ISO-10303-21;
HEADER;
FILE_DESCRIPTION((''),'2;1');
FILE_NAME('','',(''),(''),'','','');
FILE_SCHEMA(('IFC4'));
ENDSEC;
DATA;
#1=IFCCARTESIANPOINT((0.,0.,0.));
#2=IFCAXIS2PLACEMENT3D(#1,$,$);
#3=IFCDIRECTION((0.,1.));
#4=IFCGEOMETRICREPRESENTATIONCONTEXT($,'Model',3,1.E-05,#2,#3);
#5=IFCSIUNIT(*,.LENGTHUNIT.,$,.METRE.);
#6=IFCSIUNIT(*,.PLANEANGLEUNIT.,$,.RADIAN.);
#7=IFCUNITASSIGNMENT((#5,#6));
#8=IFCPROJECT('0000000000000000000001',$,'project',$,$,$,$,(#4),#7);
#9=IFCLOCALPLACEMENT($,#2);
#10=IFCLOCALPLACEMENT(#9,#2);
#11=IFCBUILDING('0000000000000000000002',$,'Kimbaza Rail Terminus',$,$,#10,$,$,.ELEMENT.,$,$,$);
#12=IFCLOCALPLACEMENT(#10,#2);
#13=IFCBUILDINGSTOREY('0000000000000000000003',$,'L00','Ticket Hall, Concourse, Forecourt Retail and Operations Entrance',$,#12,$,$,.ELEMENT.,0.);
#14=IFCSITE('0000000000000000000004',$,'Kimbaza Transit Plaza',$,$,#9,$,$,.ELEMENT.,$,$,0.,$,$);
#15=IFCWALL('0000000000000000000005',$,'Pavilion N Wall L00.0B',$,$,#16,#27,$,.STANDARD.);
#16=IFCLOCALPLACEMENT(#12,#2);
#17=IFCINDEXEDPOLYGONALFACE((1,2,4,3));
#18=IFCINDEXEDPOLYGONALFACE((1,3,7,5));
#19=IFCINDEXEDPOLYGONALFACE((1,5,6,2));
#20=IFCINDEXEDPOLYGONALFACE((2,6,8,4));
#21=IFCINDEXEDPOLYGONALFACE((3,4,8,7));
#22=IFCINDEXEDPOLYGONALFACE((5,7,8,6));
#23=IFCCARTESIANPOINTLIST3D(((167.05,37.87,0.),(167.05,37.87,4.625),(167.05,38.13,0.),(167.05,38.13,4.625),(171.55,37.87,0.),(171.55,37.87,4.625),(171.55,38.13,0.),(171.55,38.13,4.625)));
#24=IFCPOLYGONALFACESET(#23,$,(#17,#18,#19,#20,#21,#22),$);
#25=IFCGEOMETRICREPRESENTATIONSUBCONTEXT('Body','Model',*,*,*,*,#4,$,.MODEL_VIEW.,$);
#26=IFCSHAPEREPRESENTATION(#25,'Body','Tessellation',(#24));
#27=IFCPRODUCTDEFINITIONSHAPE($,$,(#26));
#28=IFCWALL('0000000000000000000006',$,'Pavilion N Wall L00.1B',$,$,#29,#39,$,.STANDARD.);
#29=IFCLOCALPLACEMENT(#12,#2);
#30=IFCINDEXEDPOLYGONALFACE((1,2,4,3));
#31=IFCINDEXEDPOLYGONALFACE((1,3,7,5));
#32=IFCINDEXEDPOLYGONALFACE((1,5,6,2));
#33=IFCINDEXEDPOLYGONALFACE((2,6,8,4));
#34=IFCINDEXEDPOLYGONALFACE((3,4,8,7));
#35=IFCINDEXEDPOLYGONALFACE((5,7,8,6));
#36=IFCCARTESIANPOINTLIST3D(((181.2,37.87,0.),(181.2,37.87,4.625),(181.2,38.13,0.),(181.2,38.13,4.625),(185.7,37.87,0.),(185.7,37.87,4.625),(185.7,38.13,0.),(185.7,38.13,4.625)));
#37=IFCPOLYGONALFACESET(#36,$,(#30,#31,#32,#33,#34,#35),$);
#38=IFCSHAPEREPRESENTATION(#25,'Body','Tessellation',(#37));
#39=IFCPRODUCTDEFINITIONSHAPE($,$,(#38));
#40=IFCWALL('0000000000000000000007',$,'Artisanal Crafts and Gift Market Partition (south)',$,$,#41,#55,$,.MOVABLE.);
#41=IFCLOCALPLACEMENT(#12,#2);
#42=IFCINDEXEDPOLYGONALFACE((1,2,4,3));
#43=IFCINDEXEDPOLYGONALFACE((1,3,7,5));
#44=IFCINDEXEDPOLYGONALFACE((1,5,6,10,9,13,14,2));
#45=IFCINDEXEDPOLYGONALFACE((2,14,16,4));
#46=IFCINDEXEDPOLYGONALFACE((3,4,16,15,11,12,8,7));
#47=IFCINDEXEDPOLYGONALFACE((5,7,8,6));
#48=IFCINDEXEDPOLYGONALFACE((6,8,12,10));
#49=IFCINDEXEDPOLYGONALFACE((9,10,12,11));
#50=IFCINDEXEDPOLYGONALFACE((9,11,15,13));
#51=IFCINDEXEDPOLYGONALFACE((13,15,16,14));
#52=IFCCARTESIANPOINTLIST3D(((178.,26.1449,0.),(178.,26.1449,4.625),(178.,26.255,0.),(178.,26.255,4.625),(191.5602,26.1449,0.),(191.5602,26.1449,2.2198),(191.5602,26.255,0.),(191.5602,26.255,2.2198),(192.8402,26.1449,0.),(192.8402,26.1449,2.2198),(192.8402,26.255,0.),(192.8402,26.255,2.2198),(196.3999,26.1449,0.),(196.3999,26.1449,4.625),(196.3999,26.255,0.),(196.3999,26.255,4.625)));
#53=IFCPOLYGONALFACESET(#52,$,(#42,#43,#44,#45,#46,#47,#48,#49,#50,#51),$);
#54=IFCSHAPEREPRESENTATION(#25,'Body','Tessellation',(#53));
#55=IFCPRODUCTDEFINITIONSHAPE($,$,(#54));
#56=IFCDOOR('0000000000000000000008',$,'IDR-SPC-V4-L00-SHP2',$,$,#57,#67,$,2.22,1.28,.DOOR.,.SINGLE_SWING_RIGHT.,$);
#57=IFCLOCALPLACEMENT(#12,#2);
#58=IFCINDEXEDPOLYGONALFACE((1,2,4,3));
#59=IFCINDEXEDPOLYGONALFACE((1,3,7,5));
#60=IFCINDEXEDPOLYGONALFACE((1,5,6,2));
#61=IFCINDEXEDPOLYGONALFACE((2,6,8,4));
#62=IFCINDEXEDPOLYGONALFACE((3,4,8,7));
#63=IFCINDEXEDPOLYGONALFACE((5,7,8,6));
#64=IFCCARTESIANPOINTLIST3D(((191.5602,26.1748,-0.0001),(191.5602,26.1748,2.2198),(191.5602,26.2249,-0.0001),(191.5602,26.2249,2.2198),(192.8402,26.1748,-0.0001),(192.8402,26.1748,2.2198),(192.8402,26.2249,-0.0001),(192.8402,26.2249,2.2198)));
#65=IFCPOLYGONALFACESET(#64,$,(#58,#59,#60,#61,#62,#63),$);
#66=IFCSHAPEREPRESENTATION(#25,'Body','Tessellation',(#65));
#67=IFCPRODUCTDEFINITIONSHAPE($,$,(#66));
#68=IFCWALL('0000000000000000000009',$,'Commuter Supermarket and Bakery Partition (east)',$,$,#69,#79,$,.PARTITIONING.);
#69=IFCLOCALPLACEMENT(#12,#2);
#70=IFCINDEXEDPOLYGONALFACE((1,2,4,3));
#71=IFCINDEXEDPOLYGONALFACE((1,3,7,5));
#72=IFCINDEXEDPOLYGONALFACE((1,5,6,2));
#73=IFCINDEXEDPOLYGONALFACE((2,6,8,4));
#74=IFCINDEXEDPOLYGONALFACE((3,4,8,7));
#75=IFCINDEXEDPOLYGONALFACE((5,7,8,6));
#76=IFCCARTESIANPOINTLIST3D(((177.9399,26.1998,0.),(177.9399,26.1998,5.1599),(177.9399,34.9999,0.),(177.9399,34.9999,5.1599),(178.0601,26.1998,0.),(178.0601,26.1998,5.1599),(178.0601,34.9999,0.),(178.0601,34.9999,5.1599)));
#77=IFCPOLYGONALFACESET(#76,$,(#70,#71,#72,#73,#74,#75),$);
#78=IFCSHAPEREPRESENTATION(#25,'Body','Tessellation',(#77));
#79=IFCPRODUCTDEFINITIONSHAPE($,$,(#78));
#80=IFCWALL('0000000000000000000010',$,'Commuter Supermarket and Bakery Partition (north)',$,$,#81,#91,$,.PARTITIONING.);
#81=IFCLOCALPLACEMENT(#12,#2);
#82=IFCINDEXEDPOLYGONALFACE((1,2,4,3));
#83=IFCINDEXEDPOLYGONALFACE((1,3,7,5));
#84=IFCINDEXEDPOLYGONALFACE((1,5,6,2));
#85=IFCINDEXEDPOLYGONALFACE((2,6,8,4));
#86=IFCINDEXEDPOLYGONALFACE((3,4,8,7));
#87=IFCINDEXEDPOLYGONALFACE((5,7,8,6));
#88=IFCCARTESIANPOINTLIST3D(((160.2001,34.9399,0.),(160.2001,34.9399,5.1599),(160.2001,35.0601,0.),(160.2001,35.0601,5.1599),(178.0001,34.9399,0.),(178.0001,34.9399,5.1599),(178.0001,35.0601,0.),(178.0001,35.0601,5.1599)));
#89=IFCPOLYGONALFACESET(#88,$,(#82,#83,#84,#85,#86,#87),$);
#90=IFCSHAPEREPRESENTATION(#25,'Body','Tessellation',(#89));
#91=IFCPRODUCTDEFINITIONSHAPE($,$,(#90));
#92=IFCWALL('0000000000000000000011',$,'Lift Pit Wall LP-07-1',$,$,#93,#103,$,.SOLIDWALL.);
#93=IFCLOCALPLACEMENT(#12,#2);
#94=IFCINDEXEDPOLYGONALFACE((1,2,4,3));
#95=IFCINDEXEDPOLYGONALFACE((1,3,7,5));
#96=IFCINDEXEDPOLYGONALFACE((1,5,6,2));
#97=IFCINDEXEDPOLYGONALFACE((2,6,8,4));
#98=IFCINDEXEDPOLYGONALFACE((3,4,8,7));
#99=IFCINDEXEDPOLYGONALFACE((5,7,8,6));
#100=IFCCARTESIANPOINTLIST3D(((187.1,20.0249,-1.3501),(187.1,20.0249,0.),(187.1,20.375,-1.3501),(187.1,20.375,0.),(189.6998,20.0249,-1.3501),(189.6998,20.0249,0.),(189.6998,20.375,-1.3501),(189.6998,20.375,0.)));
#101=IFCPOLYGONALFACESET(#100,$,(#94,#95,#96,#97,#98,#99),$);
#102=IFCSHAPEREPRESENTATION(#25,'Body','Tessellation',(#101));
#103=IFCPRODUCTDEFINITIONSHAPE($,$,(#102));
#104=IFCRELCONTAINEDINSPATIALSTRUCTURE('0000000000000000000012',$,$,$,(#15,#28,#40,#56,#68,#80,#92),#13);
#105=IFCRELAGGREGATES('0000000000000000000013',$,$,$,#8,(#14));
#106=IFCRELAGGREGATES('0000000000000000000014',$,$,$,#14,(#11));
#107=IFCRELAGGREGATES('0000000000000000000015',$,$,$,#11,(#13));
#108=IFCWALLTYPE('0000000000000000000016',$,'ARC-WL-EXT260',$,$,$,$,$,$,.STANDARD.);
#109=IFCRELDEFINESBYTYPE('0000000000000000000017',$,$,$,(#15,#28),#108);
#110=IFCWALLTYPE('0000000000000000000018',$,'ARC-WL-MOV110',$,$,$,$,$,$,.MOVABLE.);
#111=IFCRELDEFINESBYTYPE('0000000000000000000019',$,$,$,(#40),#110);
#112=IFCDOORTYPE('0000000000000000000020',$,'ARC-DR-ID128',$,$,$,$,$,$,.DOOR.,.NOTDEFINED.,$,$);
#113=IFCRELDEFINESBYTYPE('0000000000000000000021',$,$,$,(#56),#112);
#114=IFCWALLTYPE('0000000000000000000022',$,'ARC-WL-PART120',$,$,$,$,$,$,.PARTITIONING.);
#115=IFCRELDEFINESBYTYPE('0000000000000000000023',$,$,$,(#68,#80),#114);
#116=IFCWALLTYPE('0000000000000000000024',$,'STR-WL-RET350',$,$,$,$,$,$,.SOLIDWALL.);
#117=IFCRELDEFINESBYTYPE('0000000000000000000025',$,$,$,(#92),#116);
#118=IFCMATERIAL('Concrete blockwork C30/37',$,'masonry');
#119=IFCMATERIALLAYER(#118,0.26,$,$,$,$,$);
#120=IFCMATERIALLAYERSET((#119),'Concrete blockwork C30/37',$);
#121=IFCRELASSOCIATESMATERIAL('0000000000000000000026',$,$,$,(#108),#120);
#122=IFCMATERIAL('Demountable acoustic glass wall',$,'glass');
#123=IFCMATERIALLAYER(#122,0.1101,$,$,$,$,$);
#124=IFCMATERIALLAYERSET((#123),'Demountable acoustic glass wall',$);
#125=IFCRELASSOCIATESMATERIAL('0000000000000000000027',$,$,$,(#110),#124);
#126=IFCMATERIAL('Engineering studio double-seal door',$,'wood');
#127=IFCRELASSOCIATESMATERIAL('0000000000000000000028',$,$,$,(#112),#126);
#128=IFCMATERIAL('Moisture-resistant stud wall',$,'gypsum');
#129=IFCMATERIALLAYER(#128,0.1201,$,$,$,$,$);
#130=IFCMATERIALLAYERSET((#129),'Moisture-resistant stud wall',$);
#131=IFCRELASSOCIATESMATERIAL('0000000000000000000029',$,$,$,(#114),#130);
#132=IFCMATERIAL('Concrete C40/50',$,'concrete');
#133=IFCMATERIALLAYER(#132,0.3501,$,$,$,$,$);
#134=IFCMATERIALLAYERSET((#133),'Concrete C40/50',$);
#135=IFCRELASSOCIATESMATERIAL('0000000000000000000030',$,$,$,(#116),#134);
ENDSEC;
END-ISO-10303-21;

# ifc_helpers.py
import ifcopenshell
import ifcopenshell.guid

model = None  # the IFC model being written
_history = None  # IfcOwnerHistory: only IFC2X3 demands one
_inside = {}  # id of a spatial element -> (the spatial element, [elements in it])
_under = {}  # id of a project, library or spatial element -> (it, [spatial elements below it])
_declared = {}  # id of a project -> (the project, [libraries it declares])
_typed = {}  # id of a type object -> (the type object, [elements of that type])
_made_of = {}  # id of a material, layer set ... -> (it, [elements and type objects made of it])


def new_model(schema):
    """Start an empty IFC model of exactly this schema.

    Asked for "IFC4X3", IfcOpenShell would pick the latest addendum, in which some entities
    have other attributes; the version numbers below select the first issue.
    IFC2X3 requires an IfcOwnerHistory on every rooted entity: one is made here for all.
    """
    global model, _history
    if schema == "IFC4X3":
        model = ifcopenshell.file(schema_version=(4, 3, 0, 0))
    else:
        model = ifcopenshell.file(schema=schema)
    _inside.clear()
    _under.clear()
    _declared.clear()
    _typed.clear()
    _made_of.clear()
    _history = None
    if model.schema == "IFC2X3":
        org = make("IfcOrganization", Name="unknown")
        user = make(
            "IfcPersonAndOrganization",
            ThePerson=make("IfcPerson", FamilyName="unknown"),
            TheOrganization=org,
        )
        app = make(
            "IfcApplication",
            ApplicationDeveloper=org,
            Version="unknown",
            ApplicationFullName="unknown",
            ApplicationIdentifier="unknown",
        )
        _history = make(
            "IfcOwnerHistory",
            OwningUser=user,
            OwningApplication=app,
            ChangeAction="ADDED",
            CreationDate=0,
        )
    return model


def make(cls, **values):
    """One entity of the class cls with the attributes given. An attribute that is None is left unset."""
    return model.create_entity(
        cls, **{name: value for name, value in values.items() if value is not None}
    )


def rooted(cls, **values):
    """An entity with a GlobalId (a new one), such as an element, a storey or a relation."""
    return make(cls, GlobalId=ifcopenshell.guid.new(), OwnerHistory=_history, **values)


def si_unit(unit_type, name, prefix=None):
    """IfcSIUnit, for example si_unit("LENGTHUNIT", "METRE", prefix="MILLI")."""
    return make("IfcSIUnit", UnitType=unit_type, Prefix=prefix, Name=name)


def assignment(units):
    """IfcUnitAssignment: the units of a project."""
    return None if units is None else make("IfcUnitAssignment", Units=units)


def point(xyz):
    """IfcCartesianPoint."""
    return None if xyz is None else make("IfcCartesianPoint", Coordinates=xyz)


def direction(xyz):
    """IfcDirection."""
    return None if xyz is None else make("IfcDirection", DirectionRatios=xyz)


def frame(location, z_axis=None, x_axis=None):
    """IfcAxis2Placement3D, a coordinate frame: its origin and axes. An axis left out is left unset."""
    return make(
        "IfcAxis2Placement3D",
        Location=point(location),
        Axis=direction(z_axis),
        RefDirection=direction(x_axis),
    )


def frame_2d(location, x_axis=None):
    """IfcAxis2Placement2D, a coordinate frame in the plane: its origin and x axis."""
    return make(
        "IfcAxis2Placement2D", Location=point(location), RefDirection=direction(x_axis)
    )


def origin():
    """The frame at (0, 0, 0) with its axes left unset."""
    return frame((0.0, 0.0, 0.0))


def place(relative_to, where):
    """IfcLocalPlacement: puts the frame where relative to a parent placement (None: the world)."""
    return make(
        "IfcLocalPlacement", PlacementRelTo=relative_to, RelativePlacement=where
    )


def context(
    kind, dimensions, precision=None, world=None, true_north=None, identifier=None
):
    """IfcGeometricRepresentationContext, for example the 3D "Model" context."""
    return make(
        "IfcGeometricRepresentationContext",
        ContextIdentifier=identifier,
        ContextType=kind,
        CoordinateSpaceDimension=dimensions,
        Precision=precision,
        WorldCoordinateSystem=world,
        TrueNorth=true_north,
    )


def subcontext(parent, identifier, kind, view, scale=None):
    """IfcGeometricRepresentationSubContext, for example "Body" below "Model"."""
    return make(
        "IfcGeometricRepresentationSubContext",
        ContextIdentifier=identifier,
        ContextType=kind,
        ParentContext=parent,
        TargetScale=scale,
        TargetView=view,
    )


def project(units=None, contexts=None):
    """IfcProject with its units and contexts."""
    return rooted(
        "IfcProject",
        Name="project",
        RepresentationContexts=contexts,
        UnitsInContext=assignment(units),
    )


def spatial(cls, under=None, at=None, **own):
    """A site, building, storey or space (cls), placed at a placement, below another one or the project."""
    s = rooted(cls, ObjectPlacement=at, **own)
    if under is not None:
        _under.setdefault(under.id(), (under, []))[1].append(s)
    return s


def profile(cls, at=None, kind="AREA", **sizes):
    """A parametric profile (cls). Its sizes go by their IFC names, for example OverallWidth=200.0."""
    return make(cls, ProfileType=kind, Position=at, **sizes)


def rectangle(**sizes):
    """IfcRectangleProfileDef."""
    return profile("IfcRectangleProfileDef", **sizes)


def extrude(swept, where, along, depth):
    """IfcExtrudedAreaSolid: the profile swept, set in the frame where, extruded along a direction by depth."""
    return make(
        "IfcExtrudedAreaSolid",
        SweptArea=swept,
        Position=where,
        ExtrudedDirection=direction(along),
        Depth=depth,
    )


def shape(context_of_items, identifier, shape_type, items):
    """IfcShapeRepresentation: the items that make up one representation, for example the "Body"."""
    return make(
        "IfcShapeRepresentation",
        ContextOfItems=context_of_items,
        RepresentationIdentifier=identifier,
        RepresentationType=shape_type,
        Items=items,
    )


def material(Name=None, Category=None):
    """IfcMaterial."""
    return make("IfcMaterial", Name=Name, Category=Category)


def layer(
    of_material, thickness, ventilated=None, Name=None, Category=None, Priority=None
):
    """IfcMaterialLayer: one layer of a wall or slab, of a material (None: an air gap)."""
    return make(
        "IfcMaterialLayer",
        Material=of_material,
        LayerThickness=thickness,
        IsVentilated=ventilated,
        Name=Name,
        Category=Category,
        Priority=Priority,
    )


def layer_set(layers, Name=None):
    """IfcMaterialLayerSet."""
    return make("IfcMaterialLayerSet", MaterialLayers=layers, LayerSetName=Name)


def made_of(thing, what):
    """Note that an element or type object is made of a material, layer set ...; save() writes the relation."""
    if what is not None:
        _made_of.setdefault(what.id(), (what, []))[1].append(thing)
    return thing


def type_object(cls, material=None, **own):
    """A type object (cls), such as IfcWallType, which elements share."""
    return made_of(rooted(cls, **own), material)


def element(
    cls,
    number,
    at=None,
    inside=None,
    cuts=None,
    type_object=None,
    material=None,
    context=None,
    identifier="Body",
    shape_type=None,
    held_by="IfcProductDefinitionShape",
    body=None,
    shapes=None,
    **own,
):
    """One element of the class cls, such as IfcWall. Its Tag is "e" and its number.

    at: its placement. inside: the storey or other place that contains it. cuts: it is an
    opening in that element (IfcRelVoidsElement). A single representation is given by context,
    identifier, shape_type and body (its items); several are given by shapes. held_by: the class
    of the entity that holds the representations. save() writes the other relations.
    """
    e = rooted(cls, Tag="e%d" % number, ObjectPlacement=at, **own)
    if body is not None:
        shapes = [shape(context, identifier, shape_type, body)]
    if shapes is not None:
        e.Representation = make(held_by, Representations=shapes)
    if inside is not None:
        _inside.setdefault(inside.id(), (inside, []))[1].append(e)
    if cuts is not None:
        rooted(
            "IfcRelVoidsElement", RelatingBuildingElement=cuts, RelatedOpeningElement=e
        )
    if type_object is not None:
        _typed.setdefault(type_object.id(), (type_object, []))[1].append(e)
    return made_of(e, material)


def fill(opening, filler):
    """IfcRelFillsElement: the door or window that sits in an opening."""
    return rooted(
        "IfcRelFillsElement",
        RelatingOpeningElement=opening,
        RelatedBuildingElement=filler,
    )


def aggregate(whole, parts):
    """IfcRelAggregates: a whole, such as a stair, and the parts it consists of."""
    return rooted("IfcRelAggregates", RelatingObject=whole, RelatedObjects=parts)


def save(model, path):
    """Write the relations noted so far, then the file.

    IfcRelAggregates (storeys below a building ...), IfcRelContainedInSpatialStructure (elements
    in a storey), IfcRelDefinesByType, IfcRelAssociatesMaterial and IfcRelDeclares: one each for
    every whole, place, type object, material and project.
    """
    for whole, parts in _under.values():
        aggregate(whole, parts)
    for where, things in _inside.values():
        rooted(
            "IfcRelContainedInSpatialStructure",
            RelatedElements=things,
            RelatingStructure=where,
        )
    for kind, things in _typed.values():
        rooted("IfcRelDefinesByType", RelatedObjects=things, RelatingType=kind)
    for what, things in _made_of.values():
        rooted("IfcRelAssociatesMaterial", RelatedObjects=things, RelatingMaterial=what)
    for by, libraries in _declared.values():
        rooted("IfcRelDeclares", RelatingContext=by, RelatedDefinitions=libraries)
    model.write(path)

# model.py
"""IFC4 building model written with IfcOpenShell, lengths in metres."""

from ifc_helpers import new_model, si_unit, direction, frame, frame_2d, origin, place, context, subcontext, project, spatial, rectangle, extrude, material, layer, layer_set, type_object, element, fill, save


model = new_model("IFC4")

# Units and contexts
model_context = context("Model", 3, precision=1e-05, world=origin(), true_north=direction((0.0, 1.0)))
body_context = subcontext(model_context, "Body", "Model", "MODEL_VIEW")
ifc_project = project(units=[si_unit("LENGTHUNIT", "METRE"), si_unit("PLANEANGLEUNIT", "RADIAN")], contexts=[model_context])

# Site, building, storey
site_placement = place(None, origin())
site = spatial("IfcSite", under=ifc_project, at=site_placement, Name="Kimbaza Transit Plaza", CompositionType="ELEMENT", RefElevation=0.0)
building_placement = place(site_placement, origin())
building = spatial("IfcBuilding", under=site, at=building_placement, Name="Kimbaza Rail Terminus", CompositionType="ELEMENT")
storey_placement = place(building_placement, origin())
storey = spatial("IfcBuildingStorey", under=building, at=storey_placement, Name="L00", Description="Ticket Hall, Concourse, Forecourt Retail and Operations Entrance", CompositionType="ELEMENT", Elevation=0.0)

# Wall
ifc_material_1 = material(Name="Concrete blockwork C30/37", Category="masonry")
ifc_layer_1 = layer(ifc_material_1, 0.26)
ifc_layer_set_1 = layer_set([ifc_layer_1], Name="Concrete blockwork C30/37")
wall_type_1 = type_object("IfcWallType", Name="ARC-WL-EXT260", PredefinedType="STANDARD", material=ifc_layer_set_1)
wall_1_placement = place(storey_placement, frame((167.05, 38.0, 0.0), z_axis=(0.0, 0.0, 1.0), x_axis=(1.0, 0.0, 0.0)))
element("IfcWall", 1, at=wall_1_placement, inside=storey, type_object=wall_type_1, Name="Pavilion N Wall L00.0B", PredefinedType="STANDARD", context=body_context, shape_type="SweptSolid", body=[
    extrude(rectangle(XDim=4.5, YDim=0.26, at=frame_2d((2.25, 0.0))), origin(), (0.0, 0.0, 1.0), 4.625),
])

# Wall
wall_2_placement = place(storey_placement, frame((181.2, 38.0, 0.0), z_axis=(0.0, 0.0, 1.0), x_axis=(1.0, 0.0, 0.0)))
element("IfcWall", 2, at=wall_2_placement, inside=storey, type_object=wall_type_1, Name="Pavilion N Wall L00.1B", PredefinedType="STANDARD", context=body_context, shape_type="SweptSolid", body=[
    extrude(rectangle(XDim=4.5, YDim=0.26, at=frame_2d((2.25, 0.0))), origin(), (0.0, 0.0, 1.0), 4.625),
])

# Wall, opening, door
ifc_material_2 = material(Name="Demountable acoustic glass wall", Category="glass")
ifc_layer_2 = layer(ifc_material_2, 0.1101)
ifc_layer_set_2 = layer_set([ifc_layer_2], Name="Demountable acoustic glass wall")
wall_type_2 = type_object("IfcWallType", Name="ARC-WL-MOV110", PredefinedType="MOVABLE", material=ifc_layer_set_2)
wall_3_placement = place(storey_placement, frame((178.0, 26.2, 0.0), z_axis=(0.0, 0.0, 1.0), x_axis=(1.0, 0.0, 0.0)))
wall_3 = element("IfcWall", 3, at=wall_3_placement, inside=storey, type_object=wall_type_2, Name="Artisanal Crafts and Gift Market Partition (south)", PredefinedType="MOVABLE", context=body_context, shape_type="SweptSolid", body=[
    extrude(rectangle(XDim=18.3999, YDim=0.1101, at=frame_2d((9.2, 0.0))), origin(), (0.0, 0.0, 1.0), 4.625),
])
opening_1_placement = place(wall_3_placement, frame((13.5601, 0.0, 0.0)))
opening_1 = element("IfcOpeningElement", 4, at=opening_1_placement, cuts=wall_3, PredefinedType="OPENING", context=body_context, shape_type="SweptSolid", body=[
    extrude(rectangle(XDim=1.28, YDim=2.22, at=frame_2d((0.6401, 1.1099))), frame((0.0, 0.0649, 0.0), z_axis=(0.0, -1.0, 0.0), x_axis=(1.0, 0.0, 0.0)), (0.0, 0.0, 1.0), 0.1301),
])
ifc_material_3 = material(Name="Engineering studio double-seal door", Category="wood")
door_type_1 = type_object("IfcDoorType", Name="ARC-DR-ID128", OperationType="NOTDEFINED", PredefinedType="DOOR", material=ifc_material_3)
door_1_placement = place(opening_1_placement, origin())
door_1 = element("IfcDoor", 5, at=door_1_placement, inside=storey, type_object=door_type_1, Name="IDR-SPC-V4-L00-SHP2", OperationType="SINGLE_SWING_RIGHT", OverallHeight=2.22, OverallWidth=1.28, PredefinedType="DOOR", context=body_context, shape_type="SweptSolid", body=[
    extrude(rectangle(XDim=1.28, YDim=2.22, at=frame_2d((0.6401, 1.1099))), frame((0.0, 0.0249, 0.0), z_axis=(0.0, -1.0, 0.0), x_axis=(1.0, 0.0, 0.0)), (0.0, 0.0, 1.0), 0.05),
])
fill(opening_1, door_1)

# Walls
ifc_material_4 = material(Name="Moisture-resistant stud wall", Category="gypsum")
ifc_layer_3 = layer(ifc_material_4, 0.1201)
ifc_layer_set_3 = layer_set([ifc_layer_3], Name="Moisture-resistant stud wall")
wall_type_3 = type_object("IfcWallType", Name="ARC-WL-PART120", PredefinedType="PARTITIONING", material=ifc_layer_set_3)
wall_4_placement = place(storey_placement, frame((178.0, 26.2, 0.0), z_axis=(0.0, 0.0, 1.0), x_axis=(0.0, 1.0, 0.0)))
element("IfcWall", 6, at=wall_4_placement, inside=storey, type_object=wall_type_3, Name="Commuter Supermarket and Bakery Partition (east)", PredefinedType="PARTITIONING", context=body_context, shape_type="SweptSolid", body=[
    extrude(rectangle(XDim=8.8, YDim=0.1201, at=frame_2d((4.3999, 0.0))), origin(), (0.0, 0.0, 1.0), 5.1599),
])
wall_5_placement = place(storey_placement, frame((178.0, 35.0, 0.0), z_axis=(0.0, 0.0, 1.0), x_axis=(-1.0, 0.0, 0.0)))
element("IfcWall", 7, at=wall_5_placement, inside=storey, type_object=wall_type_3, Name="Commuter Supermarket and Bakery Partition (north)", PredefinedType="PARTITIONING", context=body_context, shape_type="SweptSolid", body=[
    extrude(rectangle(XDim=17.8, YDim=0.1201, at=frame_2d((8.8999, 0.0))), origin(), (0.0, 0.0, 1.0), 5.1599),
])
ifc_material_5 = material(Name="Concrete C40/50", Category="concrete")
ifc_layer_4 = layer(ifc_material_5, 0.3501)
ifc_layer_set_4 = layer_set([ifc_layer_4], Name="Concrete C40/50")
wall_type_4 = type_object("IfcWallType", Name="STR-WL-RET350", PredefinedType="SOLIDWALL", material=ifc_layer_set_4)
wall_6_placement = place(storey_placement, frame((187.1001, 20.2, -1.3501), z_axis=(0.0, 0.0, 1.0), x_axis=(1.0, 0.0, 0.0)))
element("IfcWall", 8, at=wall_6_placement, inside=storey, type_object=wall_type_4, Name="Lift Pit Wall LP-07-1", PredefinedType="SOLIDWALL", context=body_context, shape_type="SweptSolid", body=[
    extrude(rectangle(XDim=2.5999, YDim=0.3501, at=frame_2d((1.2998, 0.0))), origin(), (0.0, 0.0, 1.0), 1.3501),
])

save(model, "model.ifc")
